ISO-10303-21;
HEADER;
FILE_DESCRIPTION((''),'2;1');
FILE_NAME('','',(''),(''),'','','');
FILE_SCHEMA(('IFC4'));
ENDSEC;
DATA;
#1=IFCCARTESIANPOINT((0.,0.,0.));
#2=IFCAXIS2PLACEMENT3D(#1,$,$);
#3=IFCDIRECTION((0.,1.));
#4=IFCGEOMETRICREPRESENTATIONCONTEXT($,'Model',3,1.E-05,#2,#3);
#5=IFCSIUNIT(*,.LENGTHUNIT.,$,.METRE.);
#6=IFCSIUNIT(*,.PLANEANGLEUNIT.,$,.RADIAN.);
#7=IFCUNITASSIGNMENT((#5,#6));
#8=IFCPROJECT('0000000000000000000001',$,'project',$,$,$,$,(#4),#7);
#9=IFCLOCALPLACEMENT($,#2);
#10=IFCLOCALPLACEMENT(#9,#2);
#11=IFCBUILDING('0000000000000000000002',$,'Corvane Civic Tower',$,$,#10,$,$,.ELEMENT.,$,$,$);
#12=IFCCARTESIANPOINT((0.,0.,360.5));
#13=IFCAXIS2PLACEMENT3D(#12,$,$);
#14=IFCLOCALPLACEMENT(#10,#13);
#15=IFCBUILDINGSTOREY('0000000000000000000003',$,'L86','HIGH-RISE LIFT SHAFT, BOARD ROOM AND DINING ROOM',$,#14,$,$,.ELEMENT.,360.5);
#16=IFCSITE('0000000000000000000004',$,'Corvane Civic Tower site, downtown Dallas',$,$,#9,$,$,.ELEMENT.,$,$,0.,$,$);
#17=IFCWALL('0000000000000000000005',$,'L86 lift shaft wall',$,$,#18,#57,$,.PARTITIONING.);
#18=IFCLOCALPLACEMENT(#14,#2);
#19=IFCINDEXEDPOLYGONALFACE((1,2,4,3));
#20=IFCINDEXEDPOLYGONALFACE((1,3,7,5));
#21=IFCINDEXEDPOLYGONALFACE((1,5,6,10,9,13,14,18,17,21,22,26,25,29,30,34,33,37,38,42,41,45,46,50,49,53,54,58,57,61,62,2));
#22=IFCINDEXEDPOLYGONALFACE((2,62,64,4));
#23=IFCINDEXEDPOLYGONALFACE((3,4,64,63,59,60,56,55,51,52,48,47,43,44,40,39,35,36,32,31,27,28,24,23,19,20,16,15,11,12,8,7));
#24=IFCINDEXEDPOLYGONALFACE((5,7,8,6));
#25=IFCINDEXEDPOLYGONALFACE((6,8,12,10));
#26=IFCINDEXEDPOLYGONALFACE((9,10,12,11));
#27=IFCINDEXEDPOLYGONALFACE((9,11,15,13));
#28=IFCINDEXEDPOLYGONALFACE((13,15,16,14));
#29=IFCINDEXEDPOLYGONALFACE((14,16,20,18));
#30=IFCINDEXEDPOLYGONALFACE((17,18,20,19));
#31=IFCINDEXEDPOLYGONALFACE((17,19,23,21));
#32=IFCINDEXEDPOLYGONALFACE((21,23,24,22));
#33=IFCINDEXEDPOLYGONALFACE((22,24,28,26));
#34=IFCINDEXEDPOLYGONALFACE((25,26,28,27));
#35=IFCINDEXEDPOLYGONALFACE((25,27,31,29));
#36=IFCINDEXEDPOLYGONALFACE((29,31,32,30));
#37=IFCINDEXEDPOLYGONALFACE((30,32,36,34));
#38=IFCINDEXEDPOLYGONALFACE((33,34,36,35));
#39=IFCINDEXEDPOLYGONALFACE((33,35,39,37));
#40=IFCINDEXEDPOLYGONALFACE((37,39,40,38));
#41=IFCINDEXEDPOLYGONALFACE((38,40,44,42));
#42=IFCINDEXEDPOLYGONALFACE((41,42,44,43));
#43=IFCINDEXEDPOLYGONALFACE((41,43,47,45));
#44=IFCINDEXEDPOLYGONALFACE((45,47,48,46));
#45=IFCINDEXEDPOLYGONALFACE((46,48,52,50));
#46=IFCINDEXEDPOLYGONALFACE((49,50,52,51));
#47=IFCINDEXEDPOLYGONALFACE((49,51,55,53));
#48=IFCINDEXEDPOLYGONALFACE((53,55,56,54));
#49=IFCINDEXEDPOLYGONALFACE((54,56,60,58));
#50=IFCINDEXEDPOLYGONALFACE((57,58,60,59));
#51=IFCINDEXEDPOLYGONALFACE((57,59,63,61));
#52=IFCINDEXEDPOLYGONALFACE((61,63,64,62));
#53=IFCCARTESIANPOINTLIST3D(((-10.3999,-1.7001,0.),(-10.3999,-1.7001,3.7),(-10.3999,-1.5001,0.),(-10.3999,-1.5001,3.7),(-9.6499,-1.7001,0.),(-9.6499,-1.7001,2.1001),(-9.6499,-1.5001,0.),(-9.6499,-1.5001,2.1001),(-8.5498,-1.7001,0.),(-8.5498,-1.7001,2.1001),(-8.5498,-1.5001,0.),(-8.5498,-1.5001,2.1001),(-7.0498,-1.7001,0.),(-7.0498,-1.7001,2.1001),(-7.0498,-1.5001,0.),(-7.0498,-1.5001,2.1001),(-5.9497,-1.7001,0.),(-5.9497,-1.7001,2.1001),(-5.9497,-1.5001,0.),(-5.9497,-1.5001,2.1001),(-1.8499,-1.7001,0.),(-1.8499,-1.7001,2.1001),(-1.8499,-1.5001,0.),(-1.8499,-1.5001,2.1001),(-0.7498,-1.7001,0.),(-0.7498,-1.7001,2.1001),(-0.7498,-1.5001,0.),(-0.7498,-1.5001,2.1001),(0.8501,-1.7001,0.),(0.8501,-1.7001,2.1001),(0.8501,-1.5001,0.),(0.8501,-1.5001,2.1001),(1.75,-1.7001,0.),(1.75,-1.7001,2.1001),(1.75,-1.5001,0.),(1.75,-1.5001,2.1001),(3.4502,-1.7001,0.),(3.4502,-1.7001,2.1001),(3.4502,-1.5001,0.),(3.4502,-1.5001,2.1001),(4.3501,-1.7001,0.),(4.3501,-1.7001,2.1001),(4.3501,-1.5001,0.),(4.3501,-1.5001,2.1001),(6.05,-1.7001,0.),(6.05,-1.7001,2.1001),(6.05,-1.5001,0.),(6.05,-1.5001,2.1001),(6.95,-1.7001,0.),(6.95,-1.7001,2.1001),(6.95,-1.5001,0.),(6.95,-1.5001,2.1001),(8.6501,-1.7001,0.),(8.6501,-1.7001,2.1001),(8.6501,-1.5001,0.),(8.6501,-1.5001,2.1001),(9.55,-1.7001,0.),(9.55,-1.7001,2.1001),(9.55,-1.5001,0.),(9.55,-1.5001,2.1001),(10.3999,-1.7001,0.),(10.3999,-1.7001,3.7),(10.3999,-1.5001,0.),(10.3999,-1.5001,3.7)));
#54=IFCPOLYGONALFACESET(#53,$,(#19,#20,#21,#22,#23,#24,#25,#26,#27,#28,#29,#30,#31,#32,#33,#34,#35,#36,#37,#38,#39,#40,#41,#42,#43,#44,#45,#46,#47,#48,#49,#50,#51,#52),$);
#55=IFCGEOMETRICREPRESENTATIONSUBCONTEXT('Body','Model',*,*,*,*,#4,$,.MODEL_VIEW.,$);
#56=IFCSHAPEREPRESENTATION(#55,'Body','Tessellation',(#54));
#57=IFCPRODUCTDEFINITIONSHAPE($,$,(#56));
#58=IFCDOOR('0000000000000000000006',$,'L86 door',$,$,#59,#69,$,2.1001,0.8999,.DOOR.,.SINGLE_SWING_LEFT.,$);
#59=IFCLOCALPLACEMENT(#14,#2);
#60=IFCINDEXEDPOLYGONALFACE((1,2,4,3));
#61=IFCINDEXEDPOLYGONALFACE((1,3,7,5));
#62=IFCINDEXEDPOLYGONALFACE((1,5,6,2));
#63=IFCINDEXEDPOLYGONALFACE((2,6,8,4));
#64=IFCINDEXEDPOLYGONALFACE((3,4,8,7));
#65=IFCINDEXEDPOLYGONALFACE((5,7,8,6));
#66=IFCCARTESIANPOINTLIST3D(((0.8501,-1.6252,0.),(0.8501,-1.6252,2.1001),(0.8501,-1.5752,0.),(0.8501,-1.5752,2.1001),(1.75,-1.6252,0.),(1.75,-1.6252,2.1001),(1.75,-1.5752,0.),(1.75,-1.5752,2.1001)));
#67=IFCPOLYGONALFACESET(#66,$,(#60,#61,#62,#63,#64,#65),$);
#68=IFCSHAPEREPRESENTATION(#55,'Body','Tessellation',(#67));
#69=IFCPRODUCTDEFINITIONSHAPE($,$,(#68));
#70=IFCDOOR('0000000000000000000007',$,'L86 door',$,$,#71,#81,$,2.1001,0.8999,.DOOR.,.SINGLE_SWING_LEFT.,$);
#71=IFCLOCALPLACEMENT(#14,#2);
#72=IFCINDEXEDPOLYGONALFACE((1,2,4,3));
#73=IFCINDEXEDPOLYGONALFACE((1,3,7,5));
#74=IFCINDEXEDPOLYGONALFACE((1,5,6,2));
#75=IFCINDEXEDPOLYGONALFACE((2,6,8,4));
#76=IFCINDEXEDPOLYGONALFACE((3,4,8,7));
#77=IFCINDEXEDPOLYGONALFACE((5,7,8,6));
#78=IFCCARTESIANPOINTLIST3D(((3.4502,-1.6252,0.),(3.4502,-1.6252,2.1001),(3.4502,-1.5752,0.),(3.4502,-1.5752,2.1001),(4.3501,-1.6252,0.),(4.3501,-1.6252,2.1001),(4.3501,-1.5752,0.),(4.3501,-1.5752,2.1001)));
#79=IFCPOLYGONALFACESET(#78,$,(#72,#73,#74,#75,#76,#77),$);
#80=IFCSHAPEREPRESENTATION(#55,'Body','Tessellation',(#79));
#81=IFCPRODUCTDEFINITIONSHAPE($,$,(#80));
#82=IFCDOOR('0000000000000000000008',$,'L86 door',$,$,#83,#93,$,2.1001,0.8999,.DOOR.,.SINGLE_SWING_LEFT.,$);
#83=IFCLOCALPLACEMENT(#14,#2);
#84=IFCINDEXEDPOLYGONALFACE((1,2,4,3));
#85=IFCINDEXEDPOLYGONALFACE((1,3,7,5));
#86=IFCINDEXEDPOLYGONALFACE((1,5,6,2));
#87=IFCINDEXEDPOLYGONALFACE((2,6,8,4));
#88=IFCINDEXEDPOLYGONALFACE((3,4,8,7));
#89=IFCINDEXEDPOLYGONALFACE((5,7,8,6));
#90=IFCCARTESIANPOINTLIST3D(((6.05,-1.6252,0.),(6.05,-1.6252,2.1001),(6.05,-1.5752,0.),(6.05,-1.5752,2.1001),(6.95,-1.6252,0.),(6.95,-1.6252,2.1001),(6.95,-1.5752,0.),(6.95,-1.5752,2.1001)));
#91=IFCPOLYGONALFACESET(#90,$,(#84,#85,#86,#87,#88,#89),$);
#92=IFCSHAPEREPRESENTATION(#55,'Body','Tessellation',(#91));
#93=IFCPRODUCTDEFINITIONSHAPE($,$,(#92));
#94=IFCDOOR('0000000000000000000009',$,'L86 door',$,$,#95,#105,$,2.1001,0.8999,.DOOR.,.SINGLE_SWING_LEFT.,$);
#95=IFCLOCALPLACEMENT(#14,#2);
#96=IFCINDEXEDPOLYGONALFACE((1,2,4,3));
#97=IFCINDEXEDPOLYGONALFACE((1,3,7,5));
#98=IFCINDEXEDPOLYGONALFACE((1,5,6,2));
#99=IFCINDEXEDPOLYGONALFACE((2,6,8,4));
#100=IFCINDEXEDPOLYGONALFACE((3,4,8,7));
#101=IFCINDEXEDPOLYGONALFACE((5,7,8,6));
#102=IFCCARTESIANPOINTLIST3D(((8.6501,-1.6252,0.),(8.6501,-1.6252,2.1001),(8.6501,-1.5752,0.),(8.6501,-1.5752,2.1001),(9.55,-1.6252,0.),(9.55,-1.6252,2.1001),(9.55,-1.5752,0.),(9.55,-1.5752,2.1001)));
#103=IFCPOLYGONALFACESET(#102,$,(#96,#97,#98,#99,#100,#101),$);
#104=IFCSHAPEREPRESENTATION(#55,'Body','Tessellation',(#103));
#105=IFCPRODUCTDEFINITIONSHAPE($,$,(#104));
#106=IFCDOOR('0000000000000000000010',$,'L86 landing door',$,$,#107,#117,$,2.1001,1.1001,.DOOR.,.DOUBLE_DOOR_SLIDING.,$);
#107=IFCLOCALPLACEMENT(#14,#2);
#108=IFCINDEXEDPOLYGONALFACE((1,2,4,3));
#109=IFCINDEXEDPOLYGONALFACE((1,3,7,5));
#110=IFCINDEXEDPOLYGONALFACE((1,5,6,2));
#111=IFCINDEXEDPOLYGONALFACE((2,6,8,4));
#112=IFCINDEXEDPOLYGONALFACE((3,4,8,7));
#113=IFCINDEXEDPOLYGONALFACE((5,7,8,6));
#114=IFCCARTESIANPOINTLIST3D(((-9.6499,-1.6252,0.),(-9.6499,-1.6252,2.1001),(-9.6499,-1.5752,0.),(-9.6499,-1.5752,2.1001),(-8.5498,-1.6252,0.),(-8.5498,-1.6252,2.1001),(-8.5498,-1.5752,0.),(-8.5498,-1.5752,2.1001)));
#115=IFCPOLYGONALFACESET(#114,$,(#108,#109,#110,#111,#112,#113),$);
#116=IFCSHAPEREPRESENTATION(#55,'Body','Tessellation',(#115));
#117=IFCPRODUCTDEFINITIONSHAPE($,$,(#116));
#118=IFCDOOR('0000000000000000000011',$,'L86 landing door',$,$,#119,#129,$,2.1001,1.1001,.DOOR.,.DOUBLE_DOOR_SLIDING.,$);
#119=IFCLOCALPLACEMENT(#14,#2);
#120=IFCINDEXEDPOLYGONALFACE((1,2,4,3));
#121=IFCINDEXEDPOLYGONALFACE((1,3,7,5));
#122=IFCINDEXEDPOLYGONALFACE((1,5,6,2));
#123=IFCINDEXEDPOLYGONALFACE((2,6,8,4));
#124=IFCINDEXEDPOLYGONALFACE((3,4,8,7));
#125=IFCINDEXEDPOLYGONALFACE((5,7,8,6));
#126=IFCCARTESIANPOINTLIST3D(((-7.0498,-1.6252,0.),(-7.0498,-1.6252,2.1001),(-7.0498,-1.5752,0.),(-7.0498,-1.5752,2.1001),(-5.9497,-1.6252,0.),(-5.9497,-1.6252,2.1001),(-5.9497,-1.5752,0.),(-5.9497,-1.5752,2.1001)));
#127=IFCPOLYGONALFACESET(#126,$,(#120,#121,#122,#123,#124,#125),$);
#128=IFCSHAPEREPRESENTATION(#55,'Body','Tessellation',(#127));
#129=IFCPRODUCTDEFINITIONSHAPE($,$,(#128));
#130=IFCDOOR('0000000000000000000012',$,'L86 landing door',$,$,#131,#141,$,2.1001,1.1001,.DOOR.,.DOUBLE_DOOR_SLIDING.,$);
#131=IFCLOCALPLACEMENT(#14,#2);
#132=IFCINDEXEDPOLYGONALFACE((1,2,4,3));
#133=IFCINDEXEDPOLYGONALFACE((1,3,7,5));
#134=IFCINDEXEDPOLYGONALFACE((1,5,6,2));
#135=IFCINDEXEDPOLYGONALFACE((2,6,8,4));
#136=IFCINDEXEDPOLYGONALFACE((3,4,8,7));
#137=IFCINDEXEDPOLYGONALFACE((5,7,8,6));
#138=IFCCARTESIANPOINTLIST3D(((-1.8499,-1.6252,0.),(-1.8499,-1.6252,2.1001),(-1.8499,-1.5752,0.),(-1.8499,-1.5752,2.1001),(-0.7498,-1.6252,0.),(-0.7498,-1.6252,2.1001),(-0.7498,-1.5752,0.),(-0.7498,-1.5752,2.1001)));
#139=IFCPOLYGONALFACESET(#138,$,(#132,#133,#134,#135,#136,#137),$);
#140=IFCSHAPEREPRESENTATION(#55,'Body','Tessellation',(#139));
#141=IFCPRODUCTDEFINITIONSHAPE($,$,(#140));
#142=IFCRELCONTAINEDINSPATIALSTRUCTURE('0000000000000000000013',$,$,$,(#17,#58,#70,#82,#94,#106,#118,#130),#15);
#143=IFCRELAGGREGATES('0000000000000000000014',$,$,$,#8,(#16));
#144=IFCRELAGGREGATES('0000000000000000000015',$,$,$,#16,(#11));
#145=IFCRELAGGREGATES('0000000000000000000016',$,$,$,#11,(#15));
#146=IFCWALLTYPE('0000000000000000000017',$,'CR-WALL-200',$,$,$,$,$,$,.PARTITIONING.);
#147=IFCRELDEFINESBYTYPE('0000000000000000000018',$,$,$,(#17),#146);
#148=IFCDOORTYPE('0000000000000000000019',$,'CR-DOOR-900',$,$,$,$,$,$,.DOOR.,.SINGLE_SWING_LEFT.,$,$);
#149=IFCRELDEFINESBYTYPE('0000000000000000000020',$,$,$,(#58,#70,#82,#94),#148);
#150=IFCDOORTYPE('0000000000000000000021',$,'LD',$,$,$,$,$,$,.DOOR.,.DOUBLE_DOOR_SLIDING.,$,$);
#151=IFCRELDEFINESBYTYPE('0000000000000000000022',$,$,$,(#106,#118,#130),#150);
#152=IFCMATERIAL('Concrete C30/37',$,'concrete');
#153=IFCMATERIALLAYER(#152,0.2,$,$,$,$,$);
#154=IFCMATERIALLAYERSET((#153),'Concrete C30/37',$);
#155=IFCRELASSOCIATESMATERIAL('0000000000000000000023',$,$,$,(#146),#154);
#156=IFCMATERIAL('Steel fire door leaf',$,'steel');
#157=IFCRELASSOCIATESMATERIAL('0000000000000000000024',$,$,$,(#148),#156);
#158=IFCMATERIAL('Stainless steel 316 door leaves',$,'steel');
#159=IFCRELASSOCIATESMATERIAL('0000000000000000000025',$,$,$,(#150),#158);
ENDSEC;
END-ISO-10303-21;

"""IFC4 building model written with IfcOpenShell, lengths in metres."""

from ifc_helpers import new_model, si_unit, direction, frame, frame_2d, origin, place, context, subcontext, project, spatial, rectangle, extrude, material, layer, layer_set, type_object, element, fill, save


model = new_model("IFC4")

# Units and contexts
model_context = context("Model", 3, precision=1e-05, world=origin(), true_north=direction((0.0, 1.0)))
body_context = subcontext(model_context, "Body", "Model", "MODEL_VIEW")
ifc_project = project(units=[si_unit("LENGTHUNIT", "METRE"), si_unit("PLANEANGLEUNIT", "RADIAN")], contexts=[model_context])

# Site, building, storey
site_placement = place(None, origin())
site = spatial("IfcSite", under=ifc_project, at=site_placement, Name="Corvane Civic Tower site, downtown Dallas", CompositionType="ELEMENT", RefElevation=0.0)
building_placement = place(site_placement, origin())
building = spatial("IfcBuilding", under=site, at=building_placement, Name="Corvane Civic Tower", CompositionType="ELEMENT")
storey_placement = place(building_placement, frame((0.0, 0.0, 360.5)))
storey = spatial("IfcBuildingStorey", under=building, at=storey_placement, Name="L86", Description="HIGH-RISE LIFT SHAFT, BOARD ROOM AND DINING ROOM", CompositionType="ELEMENT", Elevation=360.5)

# Wall, openings, doors
ifc_material_1 = material(Name="Concrete C30/37", Category="concrete")
ifc_layer_1 = layer(ifc_material_1, 0.2)
ifc_layer_set_1 = layer_set([ifc_layer_1], Name="Concrete C30/37")
wall_type_1 = type_object("IfcWallType", Name="CR-WALL-200", PredefinedType="PARTITIONING", material=ifc_layer_set_1)
wall_1_placement = place(storey_placement, frame((-10.3999, -1.6001, 0.0), z_axis=(0.0, 0.0, 1.0), x_axis=(1.0, 0.0, 0.0)))
wall_1 = element("IfcWall", 1, at=wall_1_placement, inside=storey, type_object=wall_type_1, Name="L86 lift shaft wall", PredefinedType="PARTITIONING", context=body_context, shape_type="SweptSolid", body=[
    extrude(rectangle(XDim=20.7998, YDim=0.2, at=frame_2d((10.3999, 0.0))), origin(), (0.0, 0.0, 1.0), 3.7),
])
opening_1_placement = place(wall_1_placement, frame((0.75, 0.0, 0.0)))
opening_1 = element("IfcOpeningElement", 2, at=opening_1_placement, cuts=wall_1, PredefinedType="OPENING", context=body_context, shape_type="SweptSolid", body=[
    extrude(rectangle(XDim=1.1001, YDim=2.1001, at=frame_2d((0.55, 1.05))), frame((0.0, 0.1099, 0.0), z_axis=(0.0, -1.0, 0.0), x_axis=(1.0, 0.0, 0.0)), (0.0, 0.0, 1.0), 0.22),
])
opening_2_placement = place(wall_1_placement, frame((3.3501, 0.0, 0.0)))
opening_2 = element("IfcOpeningElement", 3, at=opening_2_placement, cuts=wall_1, PredefinedType="OPENING", context=body_context, shape_type="SweptSolid", body=[
    extrude(rectangle(XDim=1.1001, YDim=2.1001, at=frame_2d((0.55, 1.05))), frame((0.0, 0.1099, 0.0), z_axis=(0.0, -1.0, 0.0), x_axis=(1.0, 0.0, 0.0)), (0.0, 0.0, 1.0), 0.22),
])
opening_3_placement = place(wall_1_placement, frame((8.55, 0.0, 0.0)))
opening_3 = element("IfcOpeningElement", 4, at=opening_3_placement, cuts=wall_1, PredefinedType="OPENING", context=body_context, shape_type="SweptSolid", body=[
    extrude(rectangle(XDim=1.1001, YDim=2.1001, at=frame_2d((0.55, 1.05))), frame((0.0, 0.1099, 0.0), z_axis=(0.0, -1.0, 0.0), x_axis=(1.0, 0.0, 0.0)), (0.0, 0.0, 1.0), 0.22),
])
opening_4_placement = place(wall_1_placement, frame((11.25, 0.0, 0.0)))
opening_4 = element("IfcOpeningElement", 5, at=opening_4_placement, cuts=wall_1, PredefinedType="OPENING", context=body_context, shape_type="SweptSolid", body=[
    extrude(rectangle(XDim=0.8999, YDim=2.1001, at=frame_2d((0.45, 1.05))), frame((0.0, 0.1099, 0.0), z_axis=(0.0, -1.0, 0.0), x_axis=(1.0, 0.0, 0.0)), (0.0, 0.0, 1.0), 0.22),
])
opening_5_placement = place(wall_1_placement, frame((13.8501, 0.0, 0.0)))
opening_5 = element("IfcOpeningElement", 6, at=opening_5_placement, cuts=wall_1, PredefinedType="OPENING", context=body_context, shape_type="SweptSolid", body=[
    extrude(rectangle(XDim=0.8999, YDim=2.1001, at=frame_2d((0.45, 1.05))), frame((0.0, 0.1099, 0.0), z_axis=(0.0, -1.0, 0.0), x_axis=(1.0, 0.0, 0.0)), (0.0, 0.0, 1.0), 0.22),
])
opening_6_placement = place(wall_1_placement, frame((16.45, 0.0, 0.0)))
opening_6 = element("IfcOpeningElement", 7, at=opening_6_placement, cuts=wall_1, PredefinedType="OPENING", context=body_context, shape_type="SweptSolid", body=[
    extrude(rectangle(XDim=0.8999, YDim=2.1001, at=frame_2d((0.45, 1.05))), frame((0.0, 0.1099, 0.0), z_axis=(0.0, -1.0, 0.0), x_axis=(1.0, 0.0, 0.0)), (0.0, 0.0, 1.0), 0.22),
])
opening_7_placement = place(wall_1_placement, frame((19.05, 0.0, 0.0)))
opening_7 = element("IfcOpeningElement", 8, at=opening_7_placement, cuts=wall_1, PredefinedType="OPENING", context=body_context, shape_type="SweptSolid", body=[
    extrude(rectangle(XDim=0.8999, YDim=2.1001, at=frame_2d((0.45, 1.05))), frame((0.0, 0.1099, 0.0), z_axis=(0.0, -1.0, 0.0), x_axis=(1.0, 0.0, 0.0)), (0.0, 0.0, 1.0), 0.22),
])
ifc_material_2 = material(Name="Steel fire door leaf", Category="steel")
door_type_1 = type_object("IfcDoorType", Name="CR-DOOR-900", OperationType="SINGLE_SWING_LEFT", PredefinedType="DOOR", material=ifc_material_2)
door_1_placement = place(opening_4_placement, origin())
door_1 = element("IfcDoor", 9, at=door_1_placement, inside=storey, type_object=door_type_1, Name="L86 door", OperationType="SINGLE_SWING_LEFT", OverallHeight=2.1001, OverallWidth=0.8999, PredefinedType="DOOR", context=body_context, shape_type="SweptSolid", body=[
    extrude(rectangle(XDim=0.8999, YDim=2.1001, at=frame_2d((0.45, 1.05))), frame((0.0, 0.0249, 0.0), z_axis=(0.0, -1.0, 0.0), x_axis=(1.0, 0.0, 0.0)), (0.0, 0.0, 1.0), 0.05),
])
fill(opening_4, door_1)
door_2_placement = place(opening_5_placement, origin())
door_2 = element("IfcDoor", 10, at=door_2_placement, inside=storey, type_object=door_type_1, Name="L86 door", OperationType="SINGLE_SWING_LEFT", OverallHeight=2.1001, OverallWidth=0.8999, PredefinedType="DOOR", context=body_context, shape_type="SweptSolid", body=[
    extrude(rectangle(XDim=0.8999, YDim=2.1001, at=frame_2d((0.45, 1.05))), frame((0.0, 0.0249, 0.0), z_axis=(0.0, -1.0, 0.0), x_axis=(1.0, 0.0, 0.0)), (0.0, 0.0, 1.0), 0.05),
])
fill(opening_5, door_2)
door_3_placement = place(opening_6_placement, origin())
door_3 = element("IfcDoor", 11, at=door_3_placement, inside=storey, type_object=door_type_1, Name="L86 door", OperationType="SINGLE_SWING_LEFT", OverallHeight=2.1001, OverallWidth=0.8999, PredefinedType="DOOR", context=body_context, shape_type="SweptSolid", body=[
    extrude(rectangle(XDim=0.8999, YDim=2.1001, at=frame_2d((0.45, 1.05))), frame((0.0, 0.0249, 0.0), z_axis=(0.0, -1.0, 0.0), x_axis=(1.0, 0.0, 0.0)), (0.0, 0.0, 1.0), 0.05),
])
fill(opening_6, door_3)
door_4_placement = place(opening_7_placement, origin())
door_4 = element("IfcDoor", 12, at=door_4_placement, inside=storey, type_object=door_type_1, Name="L86 door", OperationType="SINGLE_SWING_LEFT", OverallHeight=2.1001, OverallWidth=0.8999, PredefinedType="DOOR", context=body_context, shape_type="SweptSolid", body=[
    extrude(rectangle(XDim=0.8999, YDim=2.1001, at=frame_2d((0.45, 1.05))), frame((0.0, 0.0249, 0.0), z_axis=(0.0, -1.0, 0.0), x_axis=(1.0, 0.0, 0.0)), (0.0, 0.0, 1.0), 0.05),
])
fill(opening_7, door_4)
ifc_material_3 = material(Name="Stainless steel 316 door leaves", Category="steel")
door_type_2 = type_object("IfcDoorType", Name="LD", OperationType="DOUBLE_DOOR_SLIDING", PredefinedType="DOOR", material=ifc_material_3)
door_5_placement = place(opening_1_placement, origin())
door_5 = element("IfcDoor", 13, at=door_5_placement, inside=storey, type_object=door_type_2, Name="L86 landing door", OperationType="DOUBLE_DOOR_SLIDING", OverallHeight=2.1001, OverallWidth=1.1001, PredefinedType="DOOR", context=body_context, shape_type="SweptSolid", body=[
    extrude(rectangle(XDim=1.1001, YDim=2.1001, at=frame_2d((0.55, 1.05))), frame((0.0, 0.0249, 0.0), z_axis=(0.0, -1.0, 0.0), x_axis=(1.0, 0.0, 0.0)), (0.0, 0.0, 1.0), 0.05),
])
fill(opening_1, door_5)
door_6_placement = place(opening_2_placement, origin())
door_6 = element("IfcDoor", 14, at=door_6_placement, inside=storey, type_object=door_type_2, Name="L86 landing door", OperationType="DOUBLE_DOOR_SLIDING", OverallHeight=2.1001, OverallWidth=1.1001, PredefinedType="DOOR", context=body_context, shape_type="SweptSolid", body=[
    extrude(rectangle(XDim=1.1001, YDim=2.1001, at=frame_2d((0.55, 1.05))), frame((0.0, 0.0249, 0.0), z_axis=(0.0, -1.0, 0.0), x_axis=(1.0, 0.0, 0.0)), (0.0, 0.0, 1.0), 0.05),
])
fill(opening_2, door_6)
door_7_placement = place(opening_3_placement, origin())
door_7 = element("IfcDoor", 15, at=door_7_placement, inside=storey, type_object=door_type_2, Name="L86 landing door", OperationType="DOUBLE_DOOR_SLIDING", OverallHeight=2.1001, OverallWidth=1.1001, PredefinedType="DOOR", context=body_context, shape_type="SweptSolid", body=[
    extrude(rectangle(XDim=1.1001, YDim=2.1001, at=frame_2d((0.55, 1.05))), frame((0.0, 0.0249, 0.0), z_axis=(0.0, -1.0, 0.0), x_axis=(1.0, 0.0, 0.0)), (0.0, 0.0, 1.0), 0.05),
])
fill(opening_3, door_7)

save(model, "model.ifc")
